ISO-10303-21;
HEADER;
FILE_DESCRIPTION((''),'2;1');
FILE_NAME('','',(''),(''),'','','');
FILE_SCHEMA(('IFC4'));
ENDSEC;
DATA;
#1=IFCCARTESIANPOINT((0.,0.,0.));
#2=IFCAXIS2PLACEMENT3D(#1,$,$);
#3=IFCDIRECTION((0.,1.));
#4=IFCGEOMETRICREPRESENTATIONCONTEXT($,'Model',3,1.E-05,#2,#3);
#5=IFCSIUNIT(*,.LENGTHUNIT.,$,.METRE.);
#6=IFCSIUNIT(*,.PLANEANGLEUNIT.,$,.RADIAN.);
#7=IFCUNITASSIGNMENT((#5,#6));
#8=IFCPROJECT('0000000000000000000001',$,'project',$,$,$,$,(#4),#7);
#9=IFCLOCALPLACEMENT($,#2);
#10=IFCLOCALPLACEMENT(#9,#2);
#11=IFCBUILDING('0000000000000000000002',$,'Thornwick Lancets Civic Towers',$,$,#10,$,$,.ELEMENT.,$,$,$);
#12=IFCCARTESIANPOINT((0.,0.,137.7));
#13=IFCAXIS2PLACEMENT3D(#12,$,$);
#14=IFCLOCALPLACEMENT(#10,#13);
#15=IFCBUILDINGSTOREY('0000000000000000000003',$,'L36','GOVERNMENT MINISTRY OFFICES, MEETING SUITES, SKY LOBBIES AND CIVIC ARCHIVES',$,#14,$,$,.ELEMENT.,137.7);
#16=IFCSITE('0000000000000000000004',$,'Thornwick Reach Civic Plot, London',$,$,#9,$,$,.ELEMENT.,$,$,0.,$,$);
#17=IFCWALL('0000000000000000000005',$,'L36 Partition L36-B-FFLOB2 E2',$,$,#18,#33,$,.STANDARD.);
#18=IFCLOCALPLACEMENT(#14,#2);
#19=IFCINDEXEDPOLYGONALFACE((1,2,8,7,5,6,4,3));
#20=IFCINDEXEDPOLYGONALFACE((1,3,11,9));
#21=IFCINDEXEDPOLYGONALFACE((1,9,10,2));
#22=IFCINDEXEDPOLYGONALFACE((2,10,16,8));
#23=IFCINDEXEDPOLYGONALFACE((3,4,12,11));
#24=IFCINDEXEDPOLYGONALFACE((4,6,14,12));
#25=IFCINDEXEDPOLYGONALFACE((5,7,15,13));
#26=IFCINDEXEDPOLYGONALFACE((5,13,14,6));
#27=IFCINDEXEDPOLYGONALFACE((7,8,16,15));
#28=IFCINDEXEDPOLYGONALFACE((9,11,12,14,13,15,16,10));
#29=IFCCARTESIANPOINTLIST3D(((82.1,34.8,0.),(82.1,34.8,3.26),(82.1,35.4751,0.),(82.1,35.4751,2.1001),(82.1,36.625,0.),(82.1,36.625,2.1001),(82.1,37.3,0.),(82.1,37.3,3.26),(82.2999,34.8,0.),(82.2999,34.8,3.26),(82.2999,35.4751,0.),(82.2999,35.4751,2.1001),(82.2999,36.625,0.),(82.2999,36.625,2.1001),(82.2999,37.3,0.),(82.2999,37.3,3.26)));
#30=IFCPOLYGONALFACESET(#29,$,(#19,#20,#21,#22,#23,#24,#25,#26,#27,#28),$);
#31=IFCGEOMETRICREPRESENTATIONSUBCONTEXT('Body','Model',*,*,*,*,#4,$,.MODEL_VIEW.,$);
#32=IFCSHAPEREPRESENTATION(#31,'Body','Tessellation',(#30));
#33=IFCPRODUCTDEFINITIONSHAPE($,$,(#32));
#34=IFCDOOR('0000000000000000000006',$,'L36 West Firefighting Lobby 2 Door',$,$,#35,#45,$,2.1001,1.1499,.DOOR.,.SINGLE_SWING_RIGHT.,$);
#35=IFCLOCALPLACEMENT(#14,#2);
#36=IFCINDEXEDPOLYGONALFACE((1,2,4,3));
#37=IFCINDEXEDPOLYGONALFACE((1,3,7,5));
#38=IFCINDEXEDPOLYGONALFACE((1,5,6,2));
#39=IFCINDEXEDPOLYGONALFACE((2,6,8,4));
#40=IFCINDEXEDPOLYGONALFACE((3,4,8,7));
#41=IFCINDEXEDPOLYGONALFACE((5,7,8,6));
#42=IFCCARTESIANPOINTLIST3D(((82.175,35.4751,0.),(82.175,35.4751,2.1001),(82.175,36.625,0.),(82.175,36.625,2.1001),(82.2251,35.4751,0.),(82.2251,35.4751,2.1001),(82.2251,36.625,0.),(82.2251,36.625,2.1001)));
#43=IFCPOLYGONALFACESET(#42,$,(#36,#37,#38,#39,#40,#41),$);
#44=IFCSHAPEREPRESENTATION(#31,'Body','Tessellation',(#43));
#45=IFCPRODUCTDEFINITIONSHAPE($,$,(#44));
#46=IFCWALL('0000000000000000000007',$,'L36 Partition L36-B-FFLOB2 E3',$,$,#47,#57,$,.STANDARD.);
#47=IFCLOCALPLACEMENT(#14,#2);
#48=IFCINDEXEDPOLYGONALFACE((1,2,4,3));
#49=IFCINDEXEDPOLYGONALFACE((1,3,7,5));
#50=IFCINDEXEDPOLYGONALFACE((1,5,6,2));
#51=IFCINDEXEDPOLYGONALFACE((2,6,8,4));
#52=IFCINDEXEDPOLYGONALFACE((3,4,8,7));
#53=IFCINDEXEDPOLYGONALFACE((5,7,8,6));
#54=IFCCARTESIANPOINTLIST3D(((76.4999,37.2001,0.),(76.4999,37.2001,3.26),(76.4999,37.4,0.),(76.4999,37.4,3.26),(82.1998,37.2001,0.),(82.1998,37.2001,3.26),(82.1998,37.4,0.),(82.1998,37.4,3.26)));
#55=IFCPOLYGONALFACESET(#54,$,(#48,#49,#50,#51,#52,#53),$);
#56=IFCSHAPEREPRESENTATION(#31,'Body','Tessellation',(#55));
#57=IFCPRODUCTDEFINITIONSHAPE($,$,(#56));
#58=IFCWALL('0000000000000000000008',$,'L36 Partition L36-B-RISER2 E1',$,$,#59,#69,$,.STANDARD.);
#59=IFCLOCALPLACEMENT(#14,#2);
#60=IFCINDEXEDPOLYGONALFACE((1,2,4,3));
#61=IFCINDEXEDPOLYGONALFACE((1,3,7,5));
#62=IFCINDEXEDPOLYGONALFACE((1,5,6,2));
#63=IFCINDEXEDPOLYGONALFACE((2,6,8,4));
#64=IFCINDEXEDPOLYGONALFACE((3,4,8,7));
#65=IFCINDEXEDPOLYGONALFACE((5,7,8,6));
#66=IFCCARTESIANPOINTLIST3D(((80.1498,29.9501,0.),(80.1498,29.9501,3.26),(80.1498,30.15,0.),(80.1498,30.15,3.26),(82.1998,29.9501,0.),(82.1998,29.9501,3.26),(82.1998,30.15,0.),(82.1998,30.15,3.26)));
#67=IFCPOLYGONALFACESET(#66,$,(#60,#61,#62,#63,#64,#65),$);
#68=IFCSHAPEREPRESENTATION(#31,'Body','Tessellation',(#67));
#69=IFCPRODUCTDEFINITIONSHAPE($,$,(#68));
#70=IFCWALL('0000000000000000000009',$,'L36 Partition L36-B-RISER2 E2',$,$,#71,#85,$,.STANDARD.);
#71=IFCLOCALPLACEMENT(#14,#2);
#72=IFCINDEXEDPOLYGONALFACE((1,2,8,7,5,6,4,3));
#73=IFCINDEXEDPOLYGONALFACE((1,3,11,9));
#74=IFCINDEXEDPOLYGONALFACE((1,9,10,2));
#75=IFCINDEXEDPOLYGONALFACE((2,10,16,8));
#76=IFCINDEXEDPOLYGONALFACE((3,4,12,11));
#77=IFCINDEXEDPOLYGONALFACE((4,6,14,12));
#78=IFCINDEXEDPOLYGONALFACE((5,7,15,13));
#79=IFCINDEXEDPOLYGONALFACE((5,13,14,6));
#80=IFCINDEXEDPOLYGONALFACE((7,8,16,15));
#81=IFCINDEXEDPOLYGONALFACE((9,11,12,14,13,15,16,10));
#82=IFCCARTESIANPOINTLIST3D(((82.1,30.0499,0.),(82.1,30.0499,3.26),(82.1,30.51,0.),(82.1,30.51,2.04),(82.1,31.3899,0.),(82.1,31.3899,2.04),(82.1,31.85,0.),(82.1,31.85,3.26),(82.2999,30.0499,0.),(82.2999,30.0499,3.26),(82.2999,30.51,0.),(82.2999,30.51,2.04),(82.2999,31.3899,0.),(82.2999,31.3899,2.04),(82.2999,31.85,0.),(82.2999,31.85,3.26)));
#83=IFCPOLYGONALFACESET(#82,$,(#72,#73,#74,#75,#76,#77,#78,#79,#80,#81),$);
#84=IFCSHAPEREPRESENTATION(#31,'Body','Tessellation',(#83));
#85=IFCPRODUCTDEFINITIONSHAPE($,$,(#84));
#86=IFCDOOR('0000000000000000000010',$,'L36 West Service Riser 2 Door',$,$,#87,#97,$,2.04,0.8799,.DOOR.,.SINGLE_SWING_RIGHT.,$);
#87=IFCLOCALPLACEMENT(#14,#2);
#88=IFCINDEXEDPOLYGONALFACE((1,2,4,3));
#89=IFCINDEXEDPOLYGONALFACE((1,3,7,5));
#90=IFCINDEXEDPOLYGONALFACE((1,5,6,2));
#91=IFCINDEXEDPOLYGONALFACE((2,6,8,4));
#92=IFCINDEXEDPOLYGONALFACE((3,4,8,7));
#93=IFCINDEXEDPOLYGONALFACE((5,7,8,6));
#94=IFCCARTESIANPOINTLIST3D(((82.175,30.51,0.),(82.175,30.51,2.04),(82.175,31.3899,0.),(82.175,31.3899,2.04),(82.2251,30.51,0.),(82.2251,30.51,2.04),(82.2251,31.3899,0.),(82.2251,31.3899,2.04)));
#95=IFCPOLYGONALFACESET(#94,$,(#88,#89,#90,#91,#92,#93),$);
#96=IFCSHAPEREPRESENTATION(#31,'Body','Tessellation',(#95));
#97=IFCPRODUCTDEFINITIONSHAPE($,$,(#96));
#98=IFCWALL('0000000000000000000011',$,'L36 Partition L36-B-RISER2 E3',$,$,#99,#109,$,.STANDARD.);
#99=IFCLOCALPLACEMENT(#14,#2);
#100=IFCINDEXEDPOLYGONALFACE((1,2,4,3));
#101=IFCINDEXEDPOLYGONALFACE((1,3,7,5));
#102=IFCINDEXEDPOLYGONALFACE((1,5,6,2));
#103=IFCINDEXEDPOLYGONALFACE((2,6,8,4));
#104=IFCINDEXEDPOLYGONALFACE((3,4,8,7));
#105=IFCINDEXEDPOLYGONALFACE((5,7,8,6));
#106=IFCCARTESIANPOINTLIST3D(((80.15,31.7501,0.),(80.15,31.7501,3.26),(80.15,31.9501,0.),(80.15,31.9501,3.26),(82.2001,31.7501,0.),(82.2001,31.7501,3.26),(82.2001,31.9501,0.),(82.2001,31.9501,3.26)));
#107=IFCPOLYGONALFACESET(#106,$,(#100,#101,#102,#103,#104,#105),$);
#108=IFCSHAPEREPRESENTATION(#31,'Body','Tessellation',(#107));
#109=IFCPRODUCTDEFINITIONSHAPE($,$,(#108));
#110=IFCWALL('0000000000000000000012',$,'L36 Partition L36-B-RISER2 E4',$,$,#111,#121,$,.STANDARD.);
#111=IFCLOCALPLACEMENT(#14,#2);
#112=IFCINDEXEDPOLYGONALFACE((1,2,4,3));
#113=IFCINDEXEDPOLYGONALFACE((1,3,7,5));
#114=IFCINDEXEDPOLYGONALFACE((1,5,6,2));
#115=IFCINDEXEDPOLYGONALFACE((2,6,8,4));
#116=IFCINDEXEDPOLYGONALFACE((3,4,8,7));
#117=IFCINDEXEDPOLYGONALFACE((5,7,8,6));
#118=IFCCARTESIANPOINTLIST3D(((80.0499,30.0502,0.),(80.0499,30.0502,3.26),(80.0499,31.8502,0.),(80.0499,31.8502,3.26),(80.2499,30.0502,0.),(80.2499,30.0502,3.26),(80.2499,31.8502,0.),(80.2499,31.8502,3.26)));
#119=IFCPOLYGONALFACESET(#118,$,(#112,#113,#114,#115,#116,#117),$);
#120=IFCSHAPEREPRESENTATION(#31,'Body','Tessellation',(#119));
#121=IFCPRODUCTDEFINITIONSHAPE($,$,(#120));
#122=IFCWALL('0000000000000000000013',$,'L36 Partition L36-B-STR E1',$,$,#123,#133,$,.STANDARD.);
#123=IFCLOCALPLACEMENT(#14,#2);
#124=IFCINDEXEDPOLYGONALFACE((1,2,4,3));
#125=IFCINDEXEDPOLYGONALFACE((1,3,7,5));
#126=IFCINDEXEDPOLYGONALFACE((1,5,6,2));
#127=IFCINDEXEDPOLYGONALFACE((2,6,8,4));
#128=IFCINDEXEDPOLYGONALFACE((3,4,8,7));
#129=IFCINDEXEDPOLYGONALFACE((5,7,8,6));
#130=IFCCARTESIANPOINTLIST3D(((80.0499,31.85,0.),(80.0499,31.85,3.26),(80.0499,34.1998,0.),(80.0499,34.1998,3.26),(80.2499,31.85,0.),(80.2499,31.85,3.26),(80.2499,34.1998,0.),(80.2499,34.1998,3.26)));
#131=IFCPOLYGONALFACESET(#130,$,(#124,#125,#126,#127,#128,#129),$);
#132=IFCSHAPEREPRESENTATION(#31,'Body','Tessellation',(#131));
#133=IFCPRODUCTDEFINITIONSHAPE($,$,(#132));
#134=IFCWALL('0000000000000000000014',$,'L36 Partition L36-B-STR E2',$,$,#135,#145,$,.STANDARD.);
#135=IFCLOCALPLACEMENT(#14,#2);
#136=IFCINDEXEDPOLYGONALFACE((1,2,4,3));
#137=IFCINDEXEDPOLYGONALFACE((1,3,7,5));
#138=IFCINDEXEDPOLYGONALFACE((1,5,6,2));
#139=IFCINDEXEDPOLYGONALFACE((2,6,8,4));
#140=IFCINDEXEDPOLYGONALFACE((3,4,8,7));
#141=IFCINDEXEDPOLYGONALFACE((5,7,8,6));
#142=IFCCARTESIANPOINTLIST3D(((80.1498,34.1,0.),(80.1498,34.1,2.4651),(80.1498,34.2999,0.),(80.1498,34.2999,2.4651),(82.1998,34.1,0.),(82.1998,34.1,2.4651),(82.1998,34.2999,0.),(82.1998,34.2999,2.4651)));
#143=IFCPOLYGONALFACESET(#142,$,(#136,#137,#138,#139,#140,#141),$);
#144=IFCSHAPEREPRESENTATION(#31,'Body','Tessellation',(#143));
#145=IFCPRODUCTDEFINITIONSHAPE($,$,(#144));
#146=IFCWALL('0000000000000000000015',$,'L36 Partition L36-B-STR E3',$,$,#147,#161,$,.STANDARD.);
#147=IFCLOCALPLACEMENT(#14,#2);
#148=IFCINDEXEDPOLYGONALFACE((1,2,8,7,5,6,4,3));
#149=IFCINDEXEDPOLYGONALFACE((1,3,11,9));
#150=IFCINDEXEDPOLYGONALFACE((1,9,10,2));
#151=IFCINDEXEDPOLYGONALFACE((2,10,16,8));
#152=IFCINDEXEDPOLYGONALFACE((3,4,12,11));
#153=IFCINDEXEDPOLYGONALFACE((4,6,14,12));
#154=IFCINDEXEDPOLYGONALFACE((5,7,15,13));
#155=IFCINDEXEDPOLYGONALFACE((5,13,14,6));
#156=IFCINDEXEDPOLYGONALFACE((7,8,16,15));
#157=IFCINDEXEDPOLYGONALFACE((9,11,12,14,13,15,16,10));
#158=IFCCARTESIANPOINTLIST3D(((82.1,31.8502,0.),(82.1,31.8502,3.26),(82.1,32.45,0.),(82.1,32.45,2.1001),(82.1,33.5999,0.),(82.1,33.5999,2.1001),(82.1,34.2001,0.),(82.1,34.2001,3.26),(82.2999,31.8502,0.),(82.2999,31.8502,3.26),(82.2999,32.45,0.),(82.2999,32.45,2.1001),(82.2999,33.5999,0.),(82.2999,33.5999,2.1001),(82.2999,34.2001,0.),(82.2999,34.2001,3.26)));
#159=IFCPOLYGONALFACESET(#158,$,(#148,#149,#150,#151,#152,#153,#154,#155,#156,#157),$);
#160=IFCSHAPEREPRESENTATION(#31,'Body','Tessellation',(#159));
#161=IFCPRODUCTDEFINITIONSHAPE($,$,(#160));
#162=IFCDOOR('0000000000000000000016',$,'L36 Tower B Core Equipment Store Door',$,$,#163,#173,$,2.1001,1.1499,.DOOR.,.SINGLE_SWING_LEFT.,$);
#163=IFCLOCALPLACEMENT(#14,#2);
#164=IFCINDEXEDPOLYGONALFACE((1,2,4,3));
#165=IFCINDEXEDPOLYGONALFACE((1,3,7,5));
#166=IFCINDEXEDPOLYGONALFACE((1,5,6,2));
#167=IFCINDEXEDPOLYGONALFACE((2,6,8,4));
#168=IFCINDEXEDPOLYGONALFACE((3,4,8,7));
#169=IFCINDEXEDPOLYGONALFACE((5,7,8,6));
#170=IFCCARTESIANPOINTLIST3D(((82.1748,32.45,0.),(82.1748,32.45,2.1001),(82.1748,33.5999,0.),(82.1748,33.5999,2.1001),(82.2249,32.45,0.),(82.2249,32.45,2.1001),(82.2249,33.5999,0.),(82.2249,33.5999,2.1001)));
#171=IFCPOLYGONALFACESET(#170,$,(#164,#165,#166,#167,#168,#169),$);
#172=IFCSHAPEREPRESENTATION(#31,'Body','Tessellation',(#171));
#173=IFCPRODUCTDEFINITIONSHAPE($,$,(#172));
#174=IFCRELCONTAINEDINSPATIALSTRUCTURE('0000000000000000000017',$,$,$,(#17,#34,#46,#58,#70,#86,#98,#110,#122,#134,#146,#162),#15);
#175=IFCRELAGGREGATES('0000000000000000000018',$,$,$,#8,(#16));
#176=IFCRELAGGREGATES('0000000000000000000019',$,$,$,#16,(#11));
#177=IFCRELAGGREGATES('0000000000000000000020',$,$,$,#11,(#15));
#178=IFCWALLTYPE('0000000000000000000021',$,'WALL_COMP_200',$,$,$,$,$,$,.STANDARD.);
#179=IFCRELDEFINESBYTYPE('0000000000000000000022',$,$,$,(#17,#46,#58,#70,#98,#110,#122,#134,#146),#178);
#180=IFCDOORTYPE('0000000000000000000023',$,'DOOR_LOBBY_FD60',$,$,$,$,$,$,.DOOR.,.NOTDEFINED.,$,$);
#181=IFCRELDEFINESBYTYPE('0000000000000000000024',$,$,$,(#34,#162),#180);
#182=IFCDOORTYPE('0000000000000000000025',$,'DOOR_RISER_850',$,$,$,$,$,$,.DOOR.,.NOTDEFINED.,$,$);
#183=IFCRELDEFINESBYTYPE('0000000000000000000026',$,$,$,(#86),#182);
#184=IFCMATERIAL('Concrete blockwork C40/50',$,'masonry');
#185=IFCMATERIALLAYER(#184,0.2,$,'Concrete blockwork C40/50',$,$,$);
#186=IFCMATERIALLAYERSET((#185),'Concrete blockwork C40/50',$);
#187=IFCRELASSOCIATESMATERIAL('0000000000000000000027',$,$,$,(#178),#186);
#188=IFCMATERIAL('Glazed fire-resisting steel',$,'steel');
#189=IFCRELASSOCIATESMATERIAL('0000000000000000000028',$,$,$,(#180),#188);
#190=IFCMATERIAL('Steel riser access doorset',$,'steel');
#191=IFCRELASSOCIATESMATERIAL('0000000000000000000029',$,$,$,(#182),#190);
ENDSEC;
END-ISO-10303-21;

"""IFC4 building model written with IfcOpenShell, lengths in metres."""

from ifc_helpers import new_model, si_unit, direction, frame, frame_2d, origin, place, context, subcontext, project, spatial, rectangle, extrude, material, layer, layer_set, type_object, element, fill, save


model = new_model("IFC4")

# Units and contexts
model_context = context("Model", 3, precision=1e-05, world=origin(), true_north=direction((0.0, 1.0)))
body_context = subcontext(model_context, "Body", "Model", "MODEL_VIEW")
ifc_project = project(units=[si_unit("LENGTHUNIT", "METRE"), si_unit("PLANEANGLEUNIT", "RADIAN")], contexts=[model_context])

# Site, building, storey
site_placement = place(None, origin())
site = spatial("IfcSite", under=ifc_project, at=site_placement, Name="Thornwick Reach Civic Plot, London", CompositionType="ELEMENT", RefElevation=0.0)
building_placement = place(site_placement, origin())
building = spatial("IfcBuilding", under=site, at=building_placement, Name="Thornwick Lancets Civic Towers", CompositionType="ELEMENT")
storey_placement = place(building_placement, frame((0.0, 0.0, 137.7)))
storey = spatial("IfcBuildingStorey", under=building, at=storey_placement, Name="L36", Description="GOVERNMENT MINISTRY OFFICES, MEETING SUITES, SKY LOBBIES AND CIVIC ARCHIVES", CompositionType="ELEMENT", Elevation=137.7)

# Shared definitions
ifc_material_1 = material(Name="Concrete blockwork C40/50", Category="masonry")
ifc_layer_1 = layer(ifc_material_1, 0.2, Name="Concrete blockwork C40/50")
ifc_layer_set_1 = layer_set([ifc_layer_1], Name="Concrete blockwork C40/50")
wall_type_1 = type_object("IfcWallType", Name="WALL_COMP_200", PredefinedType="STANDARD", material=ifc_layer_set_1)

# Wall, opening, door
wall_1_placement = place(storey_placement, frame((82.2, 34.8, 0.0), z_axis=(0.0, 0.0, 1.0), x_axis=(0.0, 1.0, 0.0)))
wall_1 = element("IfcWall", 1, at=wall_1_placement, inside=storey, type_object=wall_type_1, Name="L36 Partition L36-B-FFLOB2 E2", PredefinedType="STANDARD", context=body_context, shape_type="SweptSolid", body=[
    extrude(rectangle(XDim=2.5, YDim=0.2, at=frame_2d((1.25, 0.0))), origin(), (0.0, 0.0, 1.0), 3.26),
])
opening_1_placement = place(wall_1_placement, frame((0.675, 0.0, 0.0)))
opening_1 = element("IfcOpeningElement", 2, at=opening_1_placement, cuts=wall_1, PredefinedType="OPENING", context=body_context, shape_type="SweptSolid", body=[
    extrude(rectangle(XDim=1.1499, YDim=2.1001, at=frame_2d((0.575, 1.05))), frame((0.0, 0.1099, 0.0), z_axis=(0.0, -1.0, 0.0), x_axis=(1.0, 0.0, 0.0)), (0.0, 0.0, 1.0), 0.22),
])
ifc_material_2 = material(Name="Glazed fire-resisting steel", Category="steel")
door_type_1 = type_object("IfcDoorType", Name="DOOR_LOBBY_FD60", OperationType="NOTDEFINED", PredefinedType="DOOR", material=ifc_material_2)
door_1_placement = place(opening_1_placement, origin())
door_1 = element("IfcDoor", 3, at=door_1_placement, inside=storey, type_object=door_type_1, Name="L36 West Firefighting Lobby 2 Door", OperationType="SINGLE_SWING_RIGHT", OverallHeight=2.1001, OverallWidth=1.1499, PredefinedType="DOOR", context=body_context, shape_type="SweptSolid", body=[
    extrude(rectangle(XDim=1.1499, YDim=2.1001, at=frame_2d((0.575, 1.05))), frame((0.0, 0.0249, 0.0), z_axis=(0.0, -1.0, 0.0), x_axis=(1.0, 0.0, 0.0)), (0.0, 0.0, 1.0), 0.05),
])
fill(opening_1, door_1)

# Walls
wall_2_placement = place(storey_placement, frame((82.2, 37.3, 0.0), z_axis=(0.0, 0.0, 1.0), x_axis=(-1.0, 0.0, 0.0)))
element("IfcWall", 4, at=wall_2_placement, inside=storey, type_object=wall_type_1, Name="L36 Partition L36-B-FFLOB2 E3", PredefinedType="STANDARD", context=body_context, shape_type="SweptSolid", body=[
    extrude(rectangle(XDim=5.7, YDim=0.2, at=frame_2d((2.8501, 0.0))), origin(), (0.0, 0.0, 1.0), 3.26),
])
wall_3_placement = place(storey_placement, frame((80.1499, 30.05, 0.0), z_axis=(0.0, 0.0, 1.0), x_axis=(1.0, 0.0, 0.0)))
element("IfcWall", 5, at=wall_3_placement, inside=storey, type_object=wall_type_1, Name="L36 Partition L36-B-RISER2 E1", PredefinedType="STANDARD", context=body_context, shape_type="SweptSolid", body=[
    extrude(rectangle(XDim=2.05, YDim=0.2, at=frame_2d((1.0249, 0.0))), origin(), (0.0, 0.0, 1.0), 3.26),
])

# Wall, opening, door
wall_4_placement = place(storey_placement, frame((82.2, 30.05, 0.0), z_axis=(0.0, 0.0, 1.0), x_axis=(0.0, 1.0, 0.0)))
wall_4 = element("IfcWall", 6, at=wall_4_placement, inside=storey, type_object=wall_type_1, Name="L36 Partition L36-B-RISER2 E2", PredefinedType="STANDARD", context=body_context, shape_type="SweptSolid", body=[
    extrude(rectangle(XDim=1.8, YDim=0.2, at=frame_2d((0.8999, 0.0))), origin(), (0.0, 0.0, 1.0), 3.26),
])
opening_2_placement = place(wall_4_placement, frame((0.46, 0.0, 0.0)))
opening_2 = element("IfcOpeningElement", 7, at=opening_2_placement, cuts=wall_4, PredefinedType="OPENING", context=body_context, shape_type="SweptSolid", body=[
    extrude(rectangle(XDim=0.8799, YDim=2.04, at=frame_2d((0.4399, 1.02))), frame((0.0, 0.1099, 0.0), z_axis=(0.0, -1.0, 0.0), x_axis=(1.0, 0.0, 0.0)), (0.0, 0.0, 1.0), 0.22),
])
ifc_material_3 = material(Name="Steel riser access doorset", Category="steel")
door_type_2 = type_object("IfcDoorType", Name="DOOR_RISER_850", OperationType="NOTDEFINED", PredefinedType="DOOR", material=ifc_material_3)
door_2_placement = place(opening_2_placement, origin())
door_2 = element("IfcDoor", 8, at=door_2_placement, inside=storey, type_object=door_type_2, Name="L36 West Service Riser 2 Door", OperationType="SINGLE_SWING_RIGHT", OverallHeight=2.04, OverallWidth=0.8799, PredefinedType="DOOR", context=body_context, shape_type="SweptSolid", body=[
    extrude(rectangle(XDim=0.8799, YDim=2.04, at=frame_2d((0.4399, 1.02))), frame((0.0, 0.0249, 0.0), z_axis=(0.0, -1.0, 0.0), x_axis=(1.0, 0.0, 0.0)), (0.0, 0.0, 1.0), 0.05),
])
fill(opening_2, door_2)

# Walls
wall_5_placement = place(storey_placement, frame((82.2, 31.8501, 0.0), z_axis=(0.0, 0.0, 1.0), x_axis=(-1.0, 0.0, 0.0)))
element("IfcWall", 9, at=wall_5_placement, inside=storey, type_object=wall_type_1, Name="L36 Partition L36-B-RISER2 E3", PredefinedType="STANDARD", context=body_context, shape_type="SweptSolid", body=[
    extrude(rectangle(XDim=2.05, YDim=0.2, at=frame_2d((1.0249, 0.0))), origin(), (0.0, 0.0, 1.0), 3.26),
])
wall_6_placement = place(storey_placement, frame((80.1499, 31.8501, 0.0), z_axis=(0.0, 0.0, 1.0), x_axis=(0.0, -1.0, 0.0)))
element("IfcWall", 10, at=wall_6_placement, inside=storey, type_object=wall_type_1, Name="L36 Partition L36-B-RISER2 E4", PredefinedType="STANDARD", context=body_context, shape_type="SweptSolid", body=[
    extrude(rectangle(XDim=1.8, YDim=0.2, at=frame_2d((0.8999, 0.0))), origin(), (0.0, 0.0, 1.0), 3.26),
])
wall_7_placement = place(storey_placement, frame((80.1499, 31.8501, 0.0), z_axis=(0.0, 0.0, 1.0), x_axis=(0.0, 1.0, 0.0)))
element("IfcWall", 11, at=wall_7_placement, inside=storey, type_object=wall_type_1, Name="L36 Partition L36-B-STR E1", PredefinedType="STANDARD", context=body_context, shape_type="SweptSolid", body=[
    extrude(rectangle(XDim=2.3499, YDim=0.2, at=frame_2d((1.1748, 0.0))), origin(), (0.0, 0.0, 1.0), 3.26),
])
wall_8_placement = place(storey_placement, frame((80.1499, 34.2, 0.0), z_axis=(0.0, 0.0, 1.0), x_axis=(1.0, 0.0, 0.0)))
element("IfcWall", 12, at=wall_8_placement, inside=storey, type_object=wall_type_1, Name="L36 Partition L36-B-STR E2", PredefinedType="STANDARD", context=body_context, shape_type="SweptSolid", body=[
    extrude(rectangle(XDim=2.05, YDim=0.2, at=frame_2d((1.0249, 0.0))), origin(), (0.0, 0.0, 1.0), 2.4651),
])

# Wall, opening, door
wall_9_placement = place(storey_placement, frame((82.2, 34.2, 0.0), z_axis=(0.0, 0.0, 1.0), x_axis=(0.0, -1.0, 0.0)))
wall_9 = element("IfcWall", 13, at=wall_9_placement, inside=storey, type_object=wall_type_1, Name="L36 Partition L36-B-STR E3", PredefinedType="STANDARD", context=body_context, shape_type="SweptSolid", body=[
    extrude(rectangle(XDim=2.3499, YDim=0.2, at=frame_2d((1.1748, 0.0))), origin(), (0.0, 0.0, 1.0), 3.26),
])
opening_3_placement = place(wall_9_placement, frame((0.6001, 0.0, 0.0)))
opening_3 = element("IfcOpeningElement", 14, at=opening_3_placement, cuts=wall_9, PredefinedType="OPENING", context=body_context, shape_type="SweptSolid", body=[
    extrude(rectangle(XDim=1.1499, YDim=2.1001, at=frame_2d((0.575, 1.05))), frame((0.0, 0.1099, 0.0), z_axis=(0.0, -1.0, 0.0), x_axis=(1.0, 0.0, 0.0)), (0.0, 0.0, 1.0), 0.22),
])
door_3_placement = place(opening_3_placement, origin())
door_3 = element("IfcDoor", 15, at=door_3_placement, inside=storey, type_object=door_type_1, Name="L36 Tower B Core Equipment Store Door", OperationType="SINGLE_SWING_LEFT", OverallHeight=2.1001, OverallWidth=1.1499, PredefinedType="DOOR", context=body_context, shape_type="SweptSolid", body=[
    extrude(rectangle(XDim=1.1499, YDim=2.1001, at=frame_2d((0.575, 1.05))), frame((0.0, 0.0249, 0.0), z_axis=(0.0, -1.0, 0.0), x_axis=(1.0, 0.0, 0.0)), (0.0, 0.0, 1.0), 0.05),
])
fill(opening_3, door_3)

save(model, "model.ifc")
